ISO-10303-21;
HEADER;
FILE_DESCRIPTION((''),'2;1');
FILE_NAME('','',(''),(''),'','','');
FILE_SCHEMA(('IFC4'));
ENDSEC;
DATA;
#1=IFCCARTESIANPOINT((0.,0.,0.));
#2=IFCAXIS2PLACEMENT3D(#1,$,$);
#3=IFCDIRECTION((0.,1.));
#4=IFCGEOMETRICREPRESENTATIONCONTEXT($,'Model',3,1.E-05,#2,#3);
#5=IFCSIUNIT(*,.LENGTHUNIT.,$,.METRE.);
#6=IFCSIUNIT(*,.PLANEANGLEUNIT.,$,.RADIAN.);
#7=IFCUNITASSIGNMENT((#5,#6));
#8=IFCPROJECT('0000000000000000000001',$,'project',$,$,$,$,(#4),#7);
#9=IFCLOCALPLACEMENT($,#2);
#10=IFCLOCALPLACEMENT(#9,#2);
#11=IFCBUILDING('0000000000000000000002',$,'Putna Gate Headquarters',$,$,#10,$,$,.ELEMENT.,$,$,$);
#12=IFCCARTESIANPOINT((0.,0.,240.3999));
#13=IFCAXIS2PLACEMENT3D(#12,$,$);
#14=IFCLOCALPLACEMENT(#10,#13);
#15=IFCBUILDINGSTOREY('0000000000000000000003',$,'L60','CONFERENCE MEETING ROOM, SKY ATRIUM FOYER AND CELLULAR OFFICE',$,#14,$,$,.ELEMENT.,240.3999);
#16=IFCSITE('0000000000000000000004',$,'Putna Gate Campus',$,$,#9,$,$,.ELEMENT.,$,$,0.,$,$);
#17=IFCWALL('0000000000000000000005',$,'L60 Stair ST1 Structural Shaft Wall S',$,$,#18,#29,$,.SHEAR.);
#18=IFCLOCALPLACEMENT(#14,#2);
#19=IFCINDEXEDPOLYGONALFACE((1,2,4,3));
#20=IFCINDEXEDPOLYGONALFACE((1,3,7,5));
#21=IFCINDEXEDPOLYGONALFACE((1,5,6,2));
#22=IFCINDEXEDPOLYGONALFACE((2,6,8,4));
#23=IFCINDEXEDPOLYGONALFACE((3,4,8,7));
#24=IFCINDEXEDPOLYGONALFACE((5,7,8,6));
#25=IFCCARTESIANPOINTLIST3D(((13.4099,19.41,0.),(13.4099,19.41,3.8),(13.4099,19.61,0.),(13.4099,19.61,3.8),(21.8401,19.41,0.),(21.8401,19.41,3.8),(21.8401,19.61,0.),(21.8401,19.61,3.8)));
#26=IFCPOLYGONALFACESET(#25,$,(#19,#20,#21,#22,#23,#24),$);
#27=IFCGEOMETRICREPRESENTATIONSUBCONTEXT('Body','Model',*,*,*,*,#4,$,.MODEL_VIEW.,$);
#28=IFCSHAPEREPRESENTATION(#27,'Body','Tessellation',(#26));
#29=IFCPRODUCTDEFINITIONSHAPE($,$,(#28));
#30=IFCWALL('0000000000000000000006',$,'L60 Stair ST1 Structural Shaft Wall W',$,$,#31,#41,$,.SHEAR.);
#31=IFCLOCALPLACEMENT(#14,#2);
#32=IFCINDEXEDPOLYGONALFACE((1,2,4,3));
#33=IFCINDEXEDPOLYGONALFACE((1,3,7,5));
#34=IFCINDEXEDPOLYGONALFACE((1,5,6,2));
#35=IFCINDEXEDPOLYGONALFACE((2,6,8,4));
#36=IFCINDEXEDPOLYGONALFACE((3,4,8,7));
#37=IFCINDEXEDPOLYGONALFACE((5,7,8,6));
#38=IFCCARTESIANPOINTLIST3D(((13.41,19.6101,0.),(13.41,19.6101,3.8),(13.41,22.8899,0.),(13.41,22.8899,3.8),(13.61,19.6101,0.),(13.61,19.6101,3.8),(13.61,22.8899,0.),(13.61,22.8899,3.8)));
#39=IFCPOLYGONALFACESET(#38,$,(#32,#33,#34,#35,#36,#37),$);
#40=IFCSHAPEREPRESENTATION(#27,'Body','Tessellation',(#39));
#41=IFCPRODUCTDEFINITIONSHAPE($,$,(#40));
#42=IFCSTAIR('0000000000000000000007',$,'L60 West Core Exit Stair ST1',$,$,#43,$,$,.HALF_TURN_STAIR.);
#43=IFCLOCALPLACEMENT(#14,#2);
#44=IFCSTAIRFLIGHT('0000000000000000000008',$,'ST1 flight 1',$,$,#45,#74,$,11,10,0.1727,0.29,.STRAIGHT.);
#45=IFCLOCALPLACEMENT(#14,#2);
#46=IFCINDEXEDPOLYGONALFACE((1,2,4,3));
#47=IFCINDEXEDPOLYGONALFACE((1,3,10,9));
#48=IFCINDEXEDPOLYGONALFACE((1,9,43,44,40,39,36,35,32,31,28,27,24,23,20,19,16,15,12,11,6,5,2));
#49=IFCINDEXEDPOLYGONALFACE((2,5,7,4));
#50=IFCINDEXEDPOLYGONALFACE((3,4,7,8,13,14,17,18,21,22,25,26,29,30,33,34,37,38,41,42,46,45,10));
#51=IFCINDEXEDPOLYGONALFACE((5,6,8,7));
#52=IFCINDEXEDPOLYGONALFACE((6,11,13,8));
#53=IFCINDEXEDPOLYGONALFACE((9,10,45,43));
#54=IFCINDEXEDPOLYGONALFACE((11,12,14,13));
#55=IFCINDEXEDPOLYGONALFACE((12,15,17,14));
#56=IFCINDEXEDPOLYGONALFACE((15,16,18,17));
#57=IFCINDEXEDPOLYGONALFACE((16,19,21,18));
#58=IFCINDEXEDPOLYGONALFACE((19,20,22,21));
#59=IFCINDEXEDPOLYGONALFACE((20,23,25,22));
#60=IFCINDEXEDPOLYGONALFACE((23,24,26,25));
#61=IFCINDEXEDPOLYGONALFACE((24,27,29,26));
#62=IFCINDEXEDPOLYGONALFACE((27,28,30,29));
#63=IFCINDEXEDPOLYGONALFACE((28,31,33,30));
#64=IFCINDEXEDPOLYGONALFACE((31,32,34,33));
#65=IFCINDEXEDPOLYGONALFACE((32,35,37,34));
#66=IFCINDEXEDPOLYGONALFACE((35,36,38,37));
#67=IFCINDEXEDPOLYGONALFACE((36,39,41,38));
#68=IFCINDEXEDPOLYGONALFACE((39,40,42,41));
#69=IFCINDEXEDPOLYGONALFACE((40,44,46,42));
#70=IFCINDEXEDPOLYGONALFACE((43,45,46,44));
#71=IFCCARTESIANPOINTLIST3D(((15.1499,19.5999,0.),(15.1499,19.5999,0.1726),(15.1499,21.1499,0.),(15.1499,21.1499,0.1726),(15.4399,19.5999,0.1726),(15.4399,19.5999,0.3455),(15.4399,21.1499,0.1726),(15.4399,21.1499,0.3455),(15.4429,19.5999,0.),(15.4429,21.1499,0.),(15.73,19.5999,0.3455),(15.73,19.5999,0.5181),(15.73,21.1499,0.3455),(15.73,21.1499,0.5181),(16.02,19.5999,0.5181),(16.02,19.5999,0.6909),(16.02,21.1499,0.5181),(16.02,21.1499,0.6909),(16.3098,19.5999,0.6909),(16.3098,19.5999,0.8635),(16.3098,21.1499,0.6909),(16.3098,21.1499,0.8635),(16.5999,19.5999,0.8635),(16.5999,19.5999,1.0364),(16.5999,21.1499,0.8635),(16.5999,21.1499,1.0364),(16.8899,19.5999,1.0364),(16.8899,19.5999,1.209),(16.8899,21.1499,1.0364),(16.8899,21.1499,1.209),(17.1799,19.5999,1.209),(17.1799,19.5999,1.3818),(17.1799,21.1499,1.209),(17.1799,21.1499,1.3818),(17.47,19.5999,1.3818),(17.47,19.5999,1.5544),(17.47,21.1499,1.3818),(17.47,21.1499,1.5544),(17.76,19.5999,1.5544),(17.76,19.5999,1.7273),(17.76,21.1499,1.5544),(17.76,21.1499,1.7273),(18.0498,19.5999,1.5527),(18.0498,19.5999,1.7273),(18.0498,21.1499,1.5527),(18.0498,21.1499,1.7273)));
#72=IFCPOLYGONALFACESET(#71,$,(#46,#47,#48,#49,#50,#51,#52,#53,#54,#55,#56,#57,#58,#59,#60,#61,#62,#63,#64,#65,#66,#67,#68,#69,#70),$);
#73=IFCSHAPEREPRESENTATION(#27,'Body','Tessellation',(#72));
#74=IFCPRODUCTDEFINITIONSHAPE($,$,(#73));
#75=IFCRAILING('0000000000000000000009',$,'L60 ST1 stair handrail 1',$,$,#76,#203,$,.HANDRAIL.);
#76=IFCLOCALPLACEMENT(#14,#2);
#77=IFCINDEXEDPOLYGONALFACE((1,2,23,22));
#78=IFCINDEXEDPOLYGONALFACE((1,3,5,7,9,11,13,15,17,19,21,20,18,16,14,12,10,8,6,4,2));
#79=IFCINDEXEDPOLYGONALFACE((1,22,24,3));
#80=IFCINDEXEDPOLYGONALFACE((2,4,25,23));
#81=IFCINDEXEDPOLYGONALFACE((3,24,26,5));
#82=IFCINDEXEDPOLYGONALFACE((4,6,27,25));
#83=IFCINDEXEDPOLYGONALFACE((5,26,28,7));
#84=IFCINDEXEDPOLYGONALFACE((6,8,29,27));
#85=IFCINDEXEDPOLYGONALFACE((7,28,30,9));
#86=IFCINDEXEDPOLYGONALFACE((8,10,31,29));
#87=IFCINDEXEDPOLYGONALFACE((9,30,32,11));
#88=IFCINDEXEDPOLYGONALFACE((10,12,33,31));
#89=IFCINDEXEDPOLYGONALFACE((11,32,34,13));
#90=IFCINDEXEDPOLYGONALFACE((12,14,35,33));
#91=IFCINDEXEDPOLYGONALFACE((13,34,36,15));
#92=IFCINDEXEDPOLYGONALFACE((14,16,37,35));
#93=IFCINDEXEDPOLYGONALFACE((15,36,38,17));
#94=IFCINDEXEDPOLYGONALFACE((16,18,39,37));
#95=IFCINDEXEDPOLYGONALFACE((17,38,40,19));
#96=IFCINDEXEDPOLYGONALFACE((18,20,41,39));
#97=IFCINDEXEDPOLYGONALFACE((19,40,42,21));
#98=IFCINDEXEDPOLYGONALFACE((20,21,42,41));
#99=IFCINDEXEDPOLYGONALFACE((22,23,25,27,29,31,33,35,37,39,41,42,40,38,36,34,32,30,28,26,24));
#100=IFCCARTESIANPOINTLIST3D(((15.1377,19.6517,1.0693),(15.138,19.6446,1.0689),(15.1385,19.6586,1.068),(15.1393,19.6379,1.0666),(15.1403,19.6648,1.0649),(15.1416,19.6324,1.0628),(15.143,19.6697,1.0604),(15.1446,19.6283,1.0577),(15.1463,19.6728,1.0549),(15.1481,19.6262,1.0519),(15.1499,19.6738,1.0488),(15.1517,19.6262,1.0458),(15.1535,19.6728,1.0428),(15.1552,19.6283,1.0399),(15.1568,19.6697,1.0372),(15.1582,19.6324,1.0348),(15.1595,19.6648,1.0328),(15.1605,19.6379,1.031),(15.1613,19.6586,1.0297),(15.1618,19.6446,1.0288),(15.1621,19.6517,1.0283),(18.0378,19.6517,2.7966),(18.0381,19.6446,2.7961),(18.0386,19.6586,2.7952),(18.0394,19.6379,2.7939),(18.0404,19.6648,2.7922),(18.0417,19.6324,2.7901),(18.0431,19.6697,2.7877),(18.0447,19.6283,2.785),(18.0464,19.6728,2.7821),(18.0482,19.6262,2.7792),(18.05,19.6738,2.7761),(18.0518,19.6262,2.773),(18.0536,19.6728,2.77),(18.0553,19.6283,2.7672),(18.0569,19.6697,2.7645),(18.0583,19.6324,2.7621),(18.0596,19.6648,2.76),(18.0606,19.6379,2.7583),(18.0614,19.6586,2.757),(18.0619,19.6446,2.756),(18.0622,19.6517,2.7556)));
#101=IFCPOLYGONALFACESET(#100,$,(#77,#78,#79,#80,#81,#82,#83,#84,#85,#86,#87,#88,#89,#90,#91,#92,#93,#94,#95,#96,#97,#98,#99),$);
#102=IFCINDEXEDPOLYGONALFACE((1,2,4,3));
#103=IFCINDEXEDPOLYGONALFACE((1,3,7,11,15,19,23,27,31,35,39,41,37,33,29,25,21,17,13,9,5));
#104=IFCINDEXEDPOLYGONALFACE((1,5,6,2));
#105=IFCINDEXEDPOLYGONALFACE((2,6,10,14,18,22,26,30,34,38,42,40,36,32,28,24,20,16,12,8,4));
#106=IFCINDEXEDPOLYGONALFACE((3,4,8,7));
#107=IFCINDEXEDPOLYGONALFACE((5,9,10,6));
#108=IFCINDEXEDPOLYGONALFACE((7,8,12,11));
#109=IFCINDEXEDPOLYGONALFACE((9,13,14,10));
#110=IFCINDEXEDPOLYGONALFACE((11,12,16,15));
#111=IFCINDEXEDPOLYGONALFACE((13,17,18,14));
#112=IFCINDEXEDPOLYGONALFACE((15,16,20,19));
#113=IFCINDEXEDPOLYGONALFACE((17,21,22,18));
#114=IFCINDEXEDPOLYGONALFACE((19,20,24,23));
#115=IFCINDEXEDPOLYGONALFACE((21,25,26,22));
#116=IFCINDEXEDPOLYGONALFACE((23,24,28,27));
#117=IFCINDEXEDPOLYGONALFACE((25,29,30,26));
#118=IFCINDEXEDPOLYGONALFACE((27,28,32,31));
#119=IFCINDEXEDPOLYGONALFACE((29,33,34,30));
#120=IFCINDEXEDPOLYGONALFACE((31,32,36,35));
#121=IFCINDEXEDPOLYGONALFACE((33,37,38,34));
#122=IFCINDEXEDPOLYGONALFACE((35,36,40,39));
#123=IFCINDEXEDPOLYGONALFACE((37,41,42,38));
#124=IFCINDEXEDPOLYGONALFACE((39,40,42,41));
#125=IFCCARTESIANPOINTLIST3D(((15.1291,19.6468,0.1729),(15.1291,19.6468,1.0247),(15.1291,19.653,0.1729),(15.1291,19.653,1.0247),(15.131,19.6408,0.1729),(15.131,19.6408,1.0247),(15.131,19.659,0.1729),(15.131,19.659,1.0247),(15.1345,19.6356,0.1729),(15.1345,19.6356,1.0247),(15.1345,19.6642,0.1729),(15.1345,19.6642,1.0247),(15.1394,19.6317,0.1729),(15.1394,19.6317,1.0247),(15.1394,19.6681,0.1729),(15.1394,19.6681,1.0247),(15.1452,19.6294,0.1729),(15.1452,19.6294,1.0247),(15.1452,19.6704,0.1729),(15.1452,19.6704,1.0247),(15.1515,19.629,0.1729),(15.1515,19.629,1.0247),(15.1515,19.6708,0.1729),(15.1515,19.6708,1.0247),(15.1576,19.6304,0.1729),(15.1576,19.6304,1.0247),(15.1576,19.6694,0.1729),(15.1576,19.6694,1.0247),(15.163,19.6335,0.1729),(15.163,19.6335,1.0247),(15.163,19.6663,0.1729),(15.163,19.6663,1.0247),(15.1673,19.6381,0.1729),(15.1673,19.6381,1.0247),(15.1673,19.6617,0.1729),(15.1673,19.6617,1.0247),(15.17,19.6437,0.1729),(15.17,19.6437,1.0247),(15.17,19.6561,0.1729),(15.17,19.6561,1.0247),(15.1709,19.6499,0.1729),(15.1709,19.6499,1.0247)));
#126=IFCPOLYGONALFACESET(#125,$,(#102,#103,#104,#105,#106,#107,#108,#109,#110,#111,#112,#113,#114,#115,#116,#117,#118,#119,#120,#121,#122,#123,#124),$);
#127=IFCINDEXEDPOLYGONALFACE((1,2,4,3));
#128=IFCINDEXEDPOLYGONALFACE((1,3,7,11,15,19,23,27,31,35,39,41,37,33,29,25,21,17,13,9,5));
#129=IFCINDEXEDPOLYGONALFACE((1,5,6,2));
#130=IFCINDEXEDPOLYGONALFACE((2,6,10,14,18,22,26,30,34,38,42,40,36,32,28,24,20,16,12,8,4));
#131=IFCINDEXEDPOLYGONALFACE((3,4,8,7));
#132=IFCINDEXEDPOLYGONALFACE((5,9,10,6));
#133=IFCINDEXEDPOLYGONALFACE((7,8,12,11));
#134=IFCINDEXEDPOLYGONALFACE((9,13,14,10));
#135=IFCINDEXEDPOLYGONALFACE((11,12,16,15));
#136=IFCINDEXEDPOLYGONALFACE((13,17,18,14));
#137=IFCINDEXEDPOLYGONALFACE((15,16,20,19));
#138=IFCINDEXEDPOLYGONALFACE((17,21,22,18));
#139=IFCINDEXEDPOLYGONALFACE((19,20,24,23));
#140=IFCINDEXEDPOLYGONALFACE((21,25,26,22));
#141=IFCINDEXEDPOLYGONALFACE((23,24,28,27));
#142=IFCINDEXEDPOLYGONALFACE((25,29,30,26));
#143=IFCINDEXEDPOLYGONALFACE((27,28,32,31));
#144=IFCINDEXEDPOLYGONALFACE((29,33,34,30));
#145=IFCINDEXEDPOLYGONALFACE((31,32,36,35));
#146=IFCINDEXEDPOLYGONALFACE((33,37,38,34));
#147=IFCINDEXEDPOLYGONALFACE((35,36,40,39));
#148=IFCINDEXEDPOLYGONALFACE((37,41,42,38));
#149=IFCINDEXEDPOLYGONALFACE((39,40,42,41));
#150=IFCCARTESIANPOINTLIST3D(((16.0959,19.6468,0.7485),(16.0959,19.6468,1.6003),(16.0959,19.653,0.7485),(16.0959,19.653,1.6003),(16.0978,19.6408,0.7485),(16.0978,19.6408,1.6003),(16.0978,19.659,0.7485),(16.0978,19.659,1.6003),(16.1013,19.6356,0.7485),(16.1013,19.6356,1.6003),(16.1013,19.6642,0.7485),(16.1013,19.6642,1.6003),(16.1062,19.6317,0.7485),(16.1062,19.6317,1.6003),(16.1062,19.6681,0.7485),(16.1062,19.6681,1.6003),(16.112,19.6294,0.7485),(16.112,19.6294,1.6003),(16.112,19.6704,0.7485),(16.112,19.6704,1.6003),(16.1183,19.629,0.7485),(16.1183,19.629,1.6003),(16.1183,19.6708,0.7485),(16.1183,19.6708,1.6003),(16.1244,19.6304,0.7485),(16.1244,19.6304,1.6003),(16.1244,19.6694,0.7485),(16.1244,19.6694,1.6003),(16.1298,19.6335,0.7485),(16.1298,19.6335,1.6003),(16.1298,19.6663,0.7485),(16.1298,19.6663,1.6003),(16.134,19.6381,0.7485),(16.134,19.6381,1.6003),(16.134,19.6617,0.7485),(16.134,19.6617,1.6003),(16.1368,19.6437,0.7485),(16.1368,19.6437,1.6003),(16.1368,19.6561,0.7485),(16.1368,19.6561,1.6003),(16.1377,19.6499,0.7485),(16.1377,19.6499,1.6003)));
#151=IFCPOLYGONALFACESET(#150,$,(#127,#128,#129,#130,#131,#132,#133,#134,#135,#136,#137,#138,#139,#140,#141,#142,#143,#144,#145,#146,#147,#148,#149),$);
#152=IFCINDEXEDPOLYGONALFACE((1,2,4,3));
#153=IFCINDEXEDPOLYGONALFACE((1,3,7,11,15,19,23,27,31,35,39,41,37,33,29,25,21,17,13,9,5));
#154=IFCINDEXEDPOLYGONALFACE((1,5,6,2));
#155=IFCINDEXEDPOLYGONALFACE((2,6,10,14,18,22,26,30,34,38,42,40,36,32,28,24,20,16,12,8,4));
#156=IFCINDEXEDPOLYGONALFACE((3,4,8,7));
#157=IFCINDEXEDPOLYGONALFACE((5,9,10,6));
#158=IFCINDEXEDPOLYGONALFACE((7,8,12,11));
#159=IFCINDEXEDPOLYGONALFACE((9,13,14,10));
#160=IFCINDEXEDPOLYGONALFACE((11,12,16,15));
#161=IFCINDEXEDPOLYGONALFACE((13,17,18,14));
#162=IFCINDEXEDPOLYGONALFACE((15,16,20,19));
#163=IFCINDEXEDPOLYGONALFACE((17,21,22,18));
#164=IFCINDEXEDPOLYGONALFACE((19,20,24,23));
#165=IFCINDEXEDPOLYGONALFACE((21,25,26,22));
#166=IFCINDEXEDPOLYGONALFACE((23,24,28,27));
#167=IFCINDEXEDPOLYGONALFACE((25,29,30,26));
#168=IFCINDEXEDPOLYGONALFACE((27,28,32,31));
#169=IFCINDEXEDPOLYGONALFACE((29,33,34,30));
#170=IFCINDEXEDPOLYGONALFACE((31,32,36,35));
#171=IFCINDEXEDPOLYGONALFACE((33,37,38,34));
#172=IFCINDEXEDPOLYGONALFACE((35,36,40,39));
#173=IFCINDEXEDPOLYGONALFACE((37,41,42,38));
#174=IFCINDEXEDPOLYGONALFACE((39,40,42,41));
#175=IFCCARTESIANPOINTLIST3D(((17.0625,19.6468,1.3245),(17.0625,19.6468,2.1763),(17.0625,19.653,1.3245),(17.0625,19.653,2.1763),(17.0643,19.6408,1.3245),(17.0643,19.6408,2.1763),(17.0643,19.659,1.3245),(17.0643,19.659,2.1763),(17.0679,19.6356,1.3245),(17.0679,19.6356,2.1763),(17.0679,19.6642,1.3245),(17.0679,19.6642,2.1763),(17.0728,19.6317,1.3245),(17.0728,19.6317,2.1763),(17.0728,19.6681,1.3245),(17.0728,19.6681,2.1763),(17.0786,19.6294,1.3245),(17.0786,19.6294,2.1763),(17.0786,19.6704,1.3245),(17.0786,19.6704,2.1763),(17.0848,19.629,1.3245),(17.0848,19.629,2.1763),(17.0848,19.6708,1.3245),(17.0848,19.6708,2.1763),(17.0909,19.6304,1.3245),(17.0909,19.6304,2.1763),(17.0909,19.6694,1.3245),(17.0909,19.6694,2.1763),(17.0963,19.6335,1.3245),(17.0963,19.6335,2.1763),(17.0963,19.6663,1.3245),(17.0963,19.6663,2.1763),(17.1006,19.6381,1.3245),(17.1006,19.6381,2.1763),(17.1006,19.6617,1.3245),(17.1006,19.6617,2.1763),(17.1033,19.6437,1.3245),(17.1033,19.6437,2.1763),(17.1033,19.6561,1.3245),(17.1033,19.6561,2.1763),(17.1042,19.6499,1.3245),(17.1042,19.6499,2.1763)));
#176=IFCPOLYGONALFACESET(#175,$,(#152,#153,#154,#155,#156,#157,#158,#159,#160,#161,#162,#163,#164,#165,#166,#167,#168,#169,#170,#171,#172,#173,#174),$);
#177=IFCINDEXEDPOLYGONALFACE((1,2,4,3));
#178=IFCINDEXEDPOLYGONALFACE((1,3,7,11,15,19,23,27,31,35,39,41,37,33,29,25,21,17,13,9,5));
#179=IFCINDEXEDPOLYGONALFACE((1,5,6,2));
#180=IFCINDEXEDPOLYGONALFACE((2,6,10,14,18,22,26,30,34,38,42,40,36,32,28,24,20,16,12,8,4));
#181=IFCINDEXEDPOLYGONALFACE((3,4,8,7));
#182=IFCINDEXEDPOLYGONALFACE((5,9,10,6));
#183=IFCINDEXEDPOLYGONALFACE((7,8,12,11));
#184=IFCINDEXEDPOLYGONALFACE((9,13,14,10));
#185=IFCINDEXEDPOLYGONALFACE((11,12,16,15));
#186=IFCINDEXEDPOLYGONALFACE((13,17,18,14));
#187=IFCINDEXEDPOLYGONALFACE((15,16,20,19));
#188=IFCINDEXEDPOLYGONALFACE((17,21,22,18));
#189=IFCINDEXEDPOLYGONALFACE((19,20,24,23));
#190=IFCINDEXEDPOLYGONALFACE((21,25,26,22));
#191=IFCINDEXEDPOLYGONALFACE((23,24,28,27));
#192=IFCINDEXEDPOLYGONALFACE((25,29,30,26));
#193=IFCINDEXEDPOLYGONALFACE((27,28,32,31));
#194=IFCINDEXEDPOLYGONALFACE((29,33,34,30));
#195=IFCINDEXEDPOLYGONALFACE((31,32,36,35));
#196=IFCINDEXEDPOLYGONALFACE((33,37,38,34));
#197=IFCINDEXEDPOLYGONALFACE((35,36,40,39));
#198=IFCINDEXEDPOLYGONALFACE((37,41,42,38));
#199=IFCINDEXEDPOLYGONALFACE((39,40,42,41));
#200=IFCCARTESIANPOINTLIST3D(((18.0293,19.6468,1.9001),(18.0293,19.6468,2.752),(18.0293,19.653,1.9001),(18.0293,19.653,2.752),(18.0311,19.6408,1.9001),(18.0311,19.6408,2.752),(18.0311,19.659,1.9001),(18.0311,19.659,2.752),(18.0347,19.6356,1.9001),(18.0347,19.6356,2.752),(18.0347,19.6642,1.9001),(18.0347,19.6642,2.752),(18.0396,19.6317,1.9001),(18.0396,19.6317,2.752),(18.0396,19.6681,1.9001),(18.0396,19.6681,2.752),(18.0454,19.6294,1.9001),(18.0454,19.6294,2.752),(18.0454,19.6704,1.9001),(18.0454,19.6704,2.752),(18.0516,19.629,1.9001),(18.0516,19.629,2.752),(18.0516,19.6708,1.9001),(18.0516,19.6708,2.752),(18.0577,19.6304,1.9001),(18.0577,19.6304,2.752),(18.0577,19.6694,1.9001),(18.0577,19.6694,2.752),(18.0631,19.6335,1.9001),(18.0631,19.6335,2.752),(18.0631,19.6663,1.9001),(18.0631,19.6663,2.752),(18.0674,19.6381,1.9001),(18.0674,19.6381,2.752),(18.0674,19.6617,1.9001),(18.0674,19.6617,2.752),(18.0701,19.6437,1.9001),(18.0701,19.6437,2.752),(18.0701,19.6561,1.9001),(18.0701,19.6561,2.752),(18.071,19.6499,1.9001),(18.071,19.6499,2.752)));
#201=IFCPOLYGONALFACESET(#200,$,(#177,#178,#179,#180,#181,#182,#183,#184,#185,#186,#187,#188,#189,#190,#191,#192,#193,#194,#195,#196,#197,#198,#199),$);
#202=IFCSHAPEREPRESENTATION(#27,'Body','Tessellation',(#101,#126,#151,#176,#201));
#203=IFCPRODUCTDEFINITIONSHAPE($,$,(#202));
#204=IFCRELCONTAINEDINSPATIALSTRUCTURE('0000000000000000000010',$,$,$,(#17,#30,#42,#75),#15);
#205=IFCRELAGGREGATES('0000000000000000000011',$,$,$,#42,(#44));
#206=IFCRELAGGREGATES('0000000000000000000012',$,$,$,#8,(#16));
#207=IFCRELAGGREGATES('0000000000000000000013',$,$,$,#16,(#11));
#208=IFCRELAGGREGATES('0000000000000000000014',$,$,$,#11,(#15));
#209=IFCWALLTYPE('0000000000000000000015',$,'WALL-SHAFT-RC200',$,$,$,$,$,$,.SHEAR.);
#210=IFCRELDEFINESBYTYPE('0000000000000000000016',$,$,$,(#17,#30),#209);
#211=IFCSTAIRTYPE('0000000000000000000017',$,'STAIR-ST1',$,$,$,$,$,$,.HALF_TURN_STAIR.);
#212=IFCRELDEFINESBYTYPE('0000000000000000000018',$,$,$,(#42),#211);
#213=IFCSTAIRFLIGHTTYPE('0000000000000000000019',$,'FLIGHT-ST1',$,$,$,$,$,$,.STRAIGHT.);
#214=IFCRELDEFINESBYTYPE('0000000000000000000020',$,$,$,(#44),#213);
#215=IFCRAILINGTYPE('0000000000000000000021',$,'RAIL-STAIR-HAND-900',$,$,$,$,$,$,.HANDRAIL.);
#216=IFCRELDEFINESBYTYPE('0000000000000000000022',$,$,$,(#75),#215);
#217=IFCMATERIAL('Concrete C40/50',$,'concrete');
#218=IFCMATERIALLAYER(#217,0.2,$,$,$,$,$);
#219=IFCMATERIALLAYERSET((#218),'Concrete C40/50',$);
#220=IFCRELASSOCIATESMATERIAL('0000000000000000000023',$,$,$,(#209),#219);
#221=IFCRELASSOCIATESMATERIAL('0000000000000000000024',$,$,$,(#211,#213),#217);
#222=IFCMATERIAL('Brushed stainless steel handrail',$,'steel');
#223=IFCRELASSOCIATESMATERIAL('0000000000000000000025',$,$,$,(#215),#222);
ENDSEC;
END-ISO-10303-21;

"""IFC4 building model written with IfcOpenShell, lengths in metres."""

from ifc_helpers import new_model, si_unit, direction, frame, frame_2d, origin, origin_2d, place, context, subcontext, project, spatial, polyline, rectangle, circle, outline, extrude, material, layer, layer_set, type_object, element, aggregate, save


model = new_model("IFC4")

# Units and contexts
model_context = context("Model", 3, precision=1e-05, world=origin(), true_north=direction((0.0, 1.0)))
body_context = subcontext(model_context, "Body", "Model", "MODEL_VIEW")
ifc_project = project(units=[si_unit("LENGTHUNIT", "METRE"), si_unit("PLANEANGLEUNIT", "RADIAN")], contexts=[model_context])

# Site, building, storey
site_placement = place(None, origin())
site = spatial("IfcSite", under=ifc_project, at=site_placement, Name="Putna Gate Campus", CompositionType="ELEMENT", RefElevation=0.0)
building_placement = place(site_placement, origin())
building = spatial("IfcBuilding", under=site, at=building_placement, Name="Putna Gate Headquarters", CompositionType="ELEMENT")
storey_placement = place(building_placement, frame((0.0, 0.0, 240.3999)))
storey = spatial("IfcBuildingStorey", under=building, at=storey_placement, Name="L60", Description="CONFERENCE MEETING ROOM, SKY ATRIUM FOYER AND CELLULAR OFFICE", CompositionType="ELEMENT", Elevation=240.3999)

# Walls
ifc_material_1 = material(Name="Concrete C40/50", Category="concrete")
ifc_layer_1 = layer(ifc_material_1, 0.2)
ifc_layer_set_1 = layer_set([ifc_layer_1], Name="Concrete C40/50")
wall_type_1 = type_object("IfcWallType", Name="WALL-SHAFT-RC200", PredefinedType="SHEAR", material=ifc_layer_set_1)
wall_1_placement = place(storey_placement, frame((13.4099, 19.51, 0.0), z_axis=(0.0, 0.0, 1.0), x_axis=(1.0, 0.0, 0.0)))
element("IfcWall", 1, at=wall_1_placement, inside=storey, type_object=wall_type_1, Name="L60 Stair ST1 Structural Shaft Wall S", PredefinedType="SHEAR", context=body_context, shape_type="SweptSolid", body=[
    extrude(rectangle(XDim=8.4302, YDim=0.2, at=frame_2d((4.2151, 0.0))), origin(), (0.0, 0.0, 1.0), 3.8),
])
wall_2_placement = place(storey_placement, frame((13.51, 19.6101, 0.0), z_axis=(0.0, 0.0, 1.0), x_axis=(0.0, 1.0, 0.0)))
element("IfcWall", 2, at=wall_2_placement, inside=storey, type_object=wall_type_1, Name="L60 Stair ST1 Structural Shaft Wall W", PredefinedType="SHEAR", context=body_context, shape_type="SweptSolid", body=[
    extrude(rectangle(XDim=3.2798, YDim=0.2, at=frame_2d((1.6399, 0.0))), origin(), (0.0, 0.0, 1.0), 3.8),
])

# Stair, stair flight
stair_type = type_object("IfcStairType", Name="STAIR-ST1", PredefinedType="HALF_TURN_STAIR", material=ifc_material_1)
stair_placement = place(storey_placement, origin())
stair = element("IfcStair", 3, at=stair_placement, inside=storey, type_object=stair_type, Name="L60 West Core Exit Stair ST1", PredefinedType="HALF_TURN_STAIR")
stair_flight_type = type_object("IfcStairFlightType", Name="FLIGHT-ST1", PredefinedType="STRAIGHT", material=ifc_material_1)
stair_flight_placement = place(storey_placement, frame((15.1499, 20.375, 0.0), z_axis=(0.0, 0.0, 1.0), x_axis=(1.0, 0.0, 0.0)))
stair_flight = element("IfcStairFlight", 4, at=stair_flight_placement, type_object=stair_flight_type, Name="ST1 flight 1", NumberOfRisers=11, NumberOfTreads=10, PredefinedType="STRAIGHT", RiserHeight=0.1727, TreadLength=0.29, context=body_context, shape_type="SweptSolid", body=[
    extrude(outline(polyline([(0.0, 0.0), (0.0, 0.1726), (0.29, 0.1726), (0.29, 0.3455), (0.5801, 0.3455), (0.5801, 0.5181), (0.8701, 0.5181), (0.8701, 0.6909), (1.1599, 0.6909), (1.1599, 0.8635), (1.45, 0.8635), (1.45, 1.0364), (1.74, 1.0364), (1.74, 1.209), (2.03, 1.209), (2.03, 1.3818), (2.3201, 1.3818), (2.3201, 1.5544), (2.6101, 1.5544), (2.6101, 1.7273), (2.8999, 1.7273), (2.8999, 1.8999), (2.8999, 1.5527), (0.293, 0.0), (0.0, 0.0)])), frame((0.0, 0.7749, 0.0), z_axis=(0.0, -1.0, 0.0), x_axis=(1.0, 0.0, 0.0)), (0.0, 0.0, 1.0), 1.55),
])
aggregate(stair, [stair_flight])

# Railing
ifc_material_2 = material(Name="Brushed stainless steel handrail", Category="steel")
railing_type = type_object("IfcRailingType", Name="RAIL-STAIR-HAND-900", PredefinedType="HANDRAIL", material=ifc_material_2)
railing_placement = place(storey_placement, frame((15.1499, 19.6499, 0.1729)))
element("IfcRailing", 5, at=railing_placement, inside=storey, type_object=railing_type, Name="L60 ST1 stair handrail 1", PredefinedType="HANDRAIL", context=body_context, shape_type="SweptSolid", body=[
    extrude(circle(Radius=0.0239, at=origin_2d()), frame((0.0, 0.0, 0.876), z_axis=(0.85916, 0.0, 0.511706), x_axis=(0.0, 1.0, 0.0)), (0.0, 0.0, 1.0), 3.3755),
    extrude(circle(Radius=0.021, at=origin_2d()), origin(), (0.0, 0.0, 1.0), 0.8518),
    extrude(circle(Radius=0.021, at=origin_2d()), frame((0.9668, 0.0, 0.5757)), (0.0, 0.0, 1.0), 0.8518),
    extrude(circle(Radius=0.021, at=origin_2d()), frame((1.9333, 0.0, 1.1516)), (0.0, 0.0, 1.0), 0.8518),
    extrude(circle(Radius=0.021, at=origin_2d()), frame((2.9001, 0.0, 1.7273)), (0.0, 0.0, 1.0), 0.8518),
])

save(model, "model.ifc")
